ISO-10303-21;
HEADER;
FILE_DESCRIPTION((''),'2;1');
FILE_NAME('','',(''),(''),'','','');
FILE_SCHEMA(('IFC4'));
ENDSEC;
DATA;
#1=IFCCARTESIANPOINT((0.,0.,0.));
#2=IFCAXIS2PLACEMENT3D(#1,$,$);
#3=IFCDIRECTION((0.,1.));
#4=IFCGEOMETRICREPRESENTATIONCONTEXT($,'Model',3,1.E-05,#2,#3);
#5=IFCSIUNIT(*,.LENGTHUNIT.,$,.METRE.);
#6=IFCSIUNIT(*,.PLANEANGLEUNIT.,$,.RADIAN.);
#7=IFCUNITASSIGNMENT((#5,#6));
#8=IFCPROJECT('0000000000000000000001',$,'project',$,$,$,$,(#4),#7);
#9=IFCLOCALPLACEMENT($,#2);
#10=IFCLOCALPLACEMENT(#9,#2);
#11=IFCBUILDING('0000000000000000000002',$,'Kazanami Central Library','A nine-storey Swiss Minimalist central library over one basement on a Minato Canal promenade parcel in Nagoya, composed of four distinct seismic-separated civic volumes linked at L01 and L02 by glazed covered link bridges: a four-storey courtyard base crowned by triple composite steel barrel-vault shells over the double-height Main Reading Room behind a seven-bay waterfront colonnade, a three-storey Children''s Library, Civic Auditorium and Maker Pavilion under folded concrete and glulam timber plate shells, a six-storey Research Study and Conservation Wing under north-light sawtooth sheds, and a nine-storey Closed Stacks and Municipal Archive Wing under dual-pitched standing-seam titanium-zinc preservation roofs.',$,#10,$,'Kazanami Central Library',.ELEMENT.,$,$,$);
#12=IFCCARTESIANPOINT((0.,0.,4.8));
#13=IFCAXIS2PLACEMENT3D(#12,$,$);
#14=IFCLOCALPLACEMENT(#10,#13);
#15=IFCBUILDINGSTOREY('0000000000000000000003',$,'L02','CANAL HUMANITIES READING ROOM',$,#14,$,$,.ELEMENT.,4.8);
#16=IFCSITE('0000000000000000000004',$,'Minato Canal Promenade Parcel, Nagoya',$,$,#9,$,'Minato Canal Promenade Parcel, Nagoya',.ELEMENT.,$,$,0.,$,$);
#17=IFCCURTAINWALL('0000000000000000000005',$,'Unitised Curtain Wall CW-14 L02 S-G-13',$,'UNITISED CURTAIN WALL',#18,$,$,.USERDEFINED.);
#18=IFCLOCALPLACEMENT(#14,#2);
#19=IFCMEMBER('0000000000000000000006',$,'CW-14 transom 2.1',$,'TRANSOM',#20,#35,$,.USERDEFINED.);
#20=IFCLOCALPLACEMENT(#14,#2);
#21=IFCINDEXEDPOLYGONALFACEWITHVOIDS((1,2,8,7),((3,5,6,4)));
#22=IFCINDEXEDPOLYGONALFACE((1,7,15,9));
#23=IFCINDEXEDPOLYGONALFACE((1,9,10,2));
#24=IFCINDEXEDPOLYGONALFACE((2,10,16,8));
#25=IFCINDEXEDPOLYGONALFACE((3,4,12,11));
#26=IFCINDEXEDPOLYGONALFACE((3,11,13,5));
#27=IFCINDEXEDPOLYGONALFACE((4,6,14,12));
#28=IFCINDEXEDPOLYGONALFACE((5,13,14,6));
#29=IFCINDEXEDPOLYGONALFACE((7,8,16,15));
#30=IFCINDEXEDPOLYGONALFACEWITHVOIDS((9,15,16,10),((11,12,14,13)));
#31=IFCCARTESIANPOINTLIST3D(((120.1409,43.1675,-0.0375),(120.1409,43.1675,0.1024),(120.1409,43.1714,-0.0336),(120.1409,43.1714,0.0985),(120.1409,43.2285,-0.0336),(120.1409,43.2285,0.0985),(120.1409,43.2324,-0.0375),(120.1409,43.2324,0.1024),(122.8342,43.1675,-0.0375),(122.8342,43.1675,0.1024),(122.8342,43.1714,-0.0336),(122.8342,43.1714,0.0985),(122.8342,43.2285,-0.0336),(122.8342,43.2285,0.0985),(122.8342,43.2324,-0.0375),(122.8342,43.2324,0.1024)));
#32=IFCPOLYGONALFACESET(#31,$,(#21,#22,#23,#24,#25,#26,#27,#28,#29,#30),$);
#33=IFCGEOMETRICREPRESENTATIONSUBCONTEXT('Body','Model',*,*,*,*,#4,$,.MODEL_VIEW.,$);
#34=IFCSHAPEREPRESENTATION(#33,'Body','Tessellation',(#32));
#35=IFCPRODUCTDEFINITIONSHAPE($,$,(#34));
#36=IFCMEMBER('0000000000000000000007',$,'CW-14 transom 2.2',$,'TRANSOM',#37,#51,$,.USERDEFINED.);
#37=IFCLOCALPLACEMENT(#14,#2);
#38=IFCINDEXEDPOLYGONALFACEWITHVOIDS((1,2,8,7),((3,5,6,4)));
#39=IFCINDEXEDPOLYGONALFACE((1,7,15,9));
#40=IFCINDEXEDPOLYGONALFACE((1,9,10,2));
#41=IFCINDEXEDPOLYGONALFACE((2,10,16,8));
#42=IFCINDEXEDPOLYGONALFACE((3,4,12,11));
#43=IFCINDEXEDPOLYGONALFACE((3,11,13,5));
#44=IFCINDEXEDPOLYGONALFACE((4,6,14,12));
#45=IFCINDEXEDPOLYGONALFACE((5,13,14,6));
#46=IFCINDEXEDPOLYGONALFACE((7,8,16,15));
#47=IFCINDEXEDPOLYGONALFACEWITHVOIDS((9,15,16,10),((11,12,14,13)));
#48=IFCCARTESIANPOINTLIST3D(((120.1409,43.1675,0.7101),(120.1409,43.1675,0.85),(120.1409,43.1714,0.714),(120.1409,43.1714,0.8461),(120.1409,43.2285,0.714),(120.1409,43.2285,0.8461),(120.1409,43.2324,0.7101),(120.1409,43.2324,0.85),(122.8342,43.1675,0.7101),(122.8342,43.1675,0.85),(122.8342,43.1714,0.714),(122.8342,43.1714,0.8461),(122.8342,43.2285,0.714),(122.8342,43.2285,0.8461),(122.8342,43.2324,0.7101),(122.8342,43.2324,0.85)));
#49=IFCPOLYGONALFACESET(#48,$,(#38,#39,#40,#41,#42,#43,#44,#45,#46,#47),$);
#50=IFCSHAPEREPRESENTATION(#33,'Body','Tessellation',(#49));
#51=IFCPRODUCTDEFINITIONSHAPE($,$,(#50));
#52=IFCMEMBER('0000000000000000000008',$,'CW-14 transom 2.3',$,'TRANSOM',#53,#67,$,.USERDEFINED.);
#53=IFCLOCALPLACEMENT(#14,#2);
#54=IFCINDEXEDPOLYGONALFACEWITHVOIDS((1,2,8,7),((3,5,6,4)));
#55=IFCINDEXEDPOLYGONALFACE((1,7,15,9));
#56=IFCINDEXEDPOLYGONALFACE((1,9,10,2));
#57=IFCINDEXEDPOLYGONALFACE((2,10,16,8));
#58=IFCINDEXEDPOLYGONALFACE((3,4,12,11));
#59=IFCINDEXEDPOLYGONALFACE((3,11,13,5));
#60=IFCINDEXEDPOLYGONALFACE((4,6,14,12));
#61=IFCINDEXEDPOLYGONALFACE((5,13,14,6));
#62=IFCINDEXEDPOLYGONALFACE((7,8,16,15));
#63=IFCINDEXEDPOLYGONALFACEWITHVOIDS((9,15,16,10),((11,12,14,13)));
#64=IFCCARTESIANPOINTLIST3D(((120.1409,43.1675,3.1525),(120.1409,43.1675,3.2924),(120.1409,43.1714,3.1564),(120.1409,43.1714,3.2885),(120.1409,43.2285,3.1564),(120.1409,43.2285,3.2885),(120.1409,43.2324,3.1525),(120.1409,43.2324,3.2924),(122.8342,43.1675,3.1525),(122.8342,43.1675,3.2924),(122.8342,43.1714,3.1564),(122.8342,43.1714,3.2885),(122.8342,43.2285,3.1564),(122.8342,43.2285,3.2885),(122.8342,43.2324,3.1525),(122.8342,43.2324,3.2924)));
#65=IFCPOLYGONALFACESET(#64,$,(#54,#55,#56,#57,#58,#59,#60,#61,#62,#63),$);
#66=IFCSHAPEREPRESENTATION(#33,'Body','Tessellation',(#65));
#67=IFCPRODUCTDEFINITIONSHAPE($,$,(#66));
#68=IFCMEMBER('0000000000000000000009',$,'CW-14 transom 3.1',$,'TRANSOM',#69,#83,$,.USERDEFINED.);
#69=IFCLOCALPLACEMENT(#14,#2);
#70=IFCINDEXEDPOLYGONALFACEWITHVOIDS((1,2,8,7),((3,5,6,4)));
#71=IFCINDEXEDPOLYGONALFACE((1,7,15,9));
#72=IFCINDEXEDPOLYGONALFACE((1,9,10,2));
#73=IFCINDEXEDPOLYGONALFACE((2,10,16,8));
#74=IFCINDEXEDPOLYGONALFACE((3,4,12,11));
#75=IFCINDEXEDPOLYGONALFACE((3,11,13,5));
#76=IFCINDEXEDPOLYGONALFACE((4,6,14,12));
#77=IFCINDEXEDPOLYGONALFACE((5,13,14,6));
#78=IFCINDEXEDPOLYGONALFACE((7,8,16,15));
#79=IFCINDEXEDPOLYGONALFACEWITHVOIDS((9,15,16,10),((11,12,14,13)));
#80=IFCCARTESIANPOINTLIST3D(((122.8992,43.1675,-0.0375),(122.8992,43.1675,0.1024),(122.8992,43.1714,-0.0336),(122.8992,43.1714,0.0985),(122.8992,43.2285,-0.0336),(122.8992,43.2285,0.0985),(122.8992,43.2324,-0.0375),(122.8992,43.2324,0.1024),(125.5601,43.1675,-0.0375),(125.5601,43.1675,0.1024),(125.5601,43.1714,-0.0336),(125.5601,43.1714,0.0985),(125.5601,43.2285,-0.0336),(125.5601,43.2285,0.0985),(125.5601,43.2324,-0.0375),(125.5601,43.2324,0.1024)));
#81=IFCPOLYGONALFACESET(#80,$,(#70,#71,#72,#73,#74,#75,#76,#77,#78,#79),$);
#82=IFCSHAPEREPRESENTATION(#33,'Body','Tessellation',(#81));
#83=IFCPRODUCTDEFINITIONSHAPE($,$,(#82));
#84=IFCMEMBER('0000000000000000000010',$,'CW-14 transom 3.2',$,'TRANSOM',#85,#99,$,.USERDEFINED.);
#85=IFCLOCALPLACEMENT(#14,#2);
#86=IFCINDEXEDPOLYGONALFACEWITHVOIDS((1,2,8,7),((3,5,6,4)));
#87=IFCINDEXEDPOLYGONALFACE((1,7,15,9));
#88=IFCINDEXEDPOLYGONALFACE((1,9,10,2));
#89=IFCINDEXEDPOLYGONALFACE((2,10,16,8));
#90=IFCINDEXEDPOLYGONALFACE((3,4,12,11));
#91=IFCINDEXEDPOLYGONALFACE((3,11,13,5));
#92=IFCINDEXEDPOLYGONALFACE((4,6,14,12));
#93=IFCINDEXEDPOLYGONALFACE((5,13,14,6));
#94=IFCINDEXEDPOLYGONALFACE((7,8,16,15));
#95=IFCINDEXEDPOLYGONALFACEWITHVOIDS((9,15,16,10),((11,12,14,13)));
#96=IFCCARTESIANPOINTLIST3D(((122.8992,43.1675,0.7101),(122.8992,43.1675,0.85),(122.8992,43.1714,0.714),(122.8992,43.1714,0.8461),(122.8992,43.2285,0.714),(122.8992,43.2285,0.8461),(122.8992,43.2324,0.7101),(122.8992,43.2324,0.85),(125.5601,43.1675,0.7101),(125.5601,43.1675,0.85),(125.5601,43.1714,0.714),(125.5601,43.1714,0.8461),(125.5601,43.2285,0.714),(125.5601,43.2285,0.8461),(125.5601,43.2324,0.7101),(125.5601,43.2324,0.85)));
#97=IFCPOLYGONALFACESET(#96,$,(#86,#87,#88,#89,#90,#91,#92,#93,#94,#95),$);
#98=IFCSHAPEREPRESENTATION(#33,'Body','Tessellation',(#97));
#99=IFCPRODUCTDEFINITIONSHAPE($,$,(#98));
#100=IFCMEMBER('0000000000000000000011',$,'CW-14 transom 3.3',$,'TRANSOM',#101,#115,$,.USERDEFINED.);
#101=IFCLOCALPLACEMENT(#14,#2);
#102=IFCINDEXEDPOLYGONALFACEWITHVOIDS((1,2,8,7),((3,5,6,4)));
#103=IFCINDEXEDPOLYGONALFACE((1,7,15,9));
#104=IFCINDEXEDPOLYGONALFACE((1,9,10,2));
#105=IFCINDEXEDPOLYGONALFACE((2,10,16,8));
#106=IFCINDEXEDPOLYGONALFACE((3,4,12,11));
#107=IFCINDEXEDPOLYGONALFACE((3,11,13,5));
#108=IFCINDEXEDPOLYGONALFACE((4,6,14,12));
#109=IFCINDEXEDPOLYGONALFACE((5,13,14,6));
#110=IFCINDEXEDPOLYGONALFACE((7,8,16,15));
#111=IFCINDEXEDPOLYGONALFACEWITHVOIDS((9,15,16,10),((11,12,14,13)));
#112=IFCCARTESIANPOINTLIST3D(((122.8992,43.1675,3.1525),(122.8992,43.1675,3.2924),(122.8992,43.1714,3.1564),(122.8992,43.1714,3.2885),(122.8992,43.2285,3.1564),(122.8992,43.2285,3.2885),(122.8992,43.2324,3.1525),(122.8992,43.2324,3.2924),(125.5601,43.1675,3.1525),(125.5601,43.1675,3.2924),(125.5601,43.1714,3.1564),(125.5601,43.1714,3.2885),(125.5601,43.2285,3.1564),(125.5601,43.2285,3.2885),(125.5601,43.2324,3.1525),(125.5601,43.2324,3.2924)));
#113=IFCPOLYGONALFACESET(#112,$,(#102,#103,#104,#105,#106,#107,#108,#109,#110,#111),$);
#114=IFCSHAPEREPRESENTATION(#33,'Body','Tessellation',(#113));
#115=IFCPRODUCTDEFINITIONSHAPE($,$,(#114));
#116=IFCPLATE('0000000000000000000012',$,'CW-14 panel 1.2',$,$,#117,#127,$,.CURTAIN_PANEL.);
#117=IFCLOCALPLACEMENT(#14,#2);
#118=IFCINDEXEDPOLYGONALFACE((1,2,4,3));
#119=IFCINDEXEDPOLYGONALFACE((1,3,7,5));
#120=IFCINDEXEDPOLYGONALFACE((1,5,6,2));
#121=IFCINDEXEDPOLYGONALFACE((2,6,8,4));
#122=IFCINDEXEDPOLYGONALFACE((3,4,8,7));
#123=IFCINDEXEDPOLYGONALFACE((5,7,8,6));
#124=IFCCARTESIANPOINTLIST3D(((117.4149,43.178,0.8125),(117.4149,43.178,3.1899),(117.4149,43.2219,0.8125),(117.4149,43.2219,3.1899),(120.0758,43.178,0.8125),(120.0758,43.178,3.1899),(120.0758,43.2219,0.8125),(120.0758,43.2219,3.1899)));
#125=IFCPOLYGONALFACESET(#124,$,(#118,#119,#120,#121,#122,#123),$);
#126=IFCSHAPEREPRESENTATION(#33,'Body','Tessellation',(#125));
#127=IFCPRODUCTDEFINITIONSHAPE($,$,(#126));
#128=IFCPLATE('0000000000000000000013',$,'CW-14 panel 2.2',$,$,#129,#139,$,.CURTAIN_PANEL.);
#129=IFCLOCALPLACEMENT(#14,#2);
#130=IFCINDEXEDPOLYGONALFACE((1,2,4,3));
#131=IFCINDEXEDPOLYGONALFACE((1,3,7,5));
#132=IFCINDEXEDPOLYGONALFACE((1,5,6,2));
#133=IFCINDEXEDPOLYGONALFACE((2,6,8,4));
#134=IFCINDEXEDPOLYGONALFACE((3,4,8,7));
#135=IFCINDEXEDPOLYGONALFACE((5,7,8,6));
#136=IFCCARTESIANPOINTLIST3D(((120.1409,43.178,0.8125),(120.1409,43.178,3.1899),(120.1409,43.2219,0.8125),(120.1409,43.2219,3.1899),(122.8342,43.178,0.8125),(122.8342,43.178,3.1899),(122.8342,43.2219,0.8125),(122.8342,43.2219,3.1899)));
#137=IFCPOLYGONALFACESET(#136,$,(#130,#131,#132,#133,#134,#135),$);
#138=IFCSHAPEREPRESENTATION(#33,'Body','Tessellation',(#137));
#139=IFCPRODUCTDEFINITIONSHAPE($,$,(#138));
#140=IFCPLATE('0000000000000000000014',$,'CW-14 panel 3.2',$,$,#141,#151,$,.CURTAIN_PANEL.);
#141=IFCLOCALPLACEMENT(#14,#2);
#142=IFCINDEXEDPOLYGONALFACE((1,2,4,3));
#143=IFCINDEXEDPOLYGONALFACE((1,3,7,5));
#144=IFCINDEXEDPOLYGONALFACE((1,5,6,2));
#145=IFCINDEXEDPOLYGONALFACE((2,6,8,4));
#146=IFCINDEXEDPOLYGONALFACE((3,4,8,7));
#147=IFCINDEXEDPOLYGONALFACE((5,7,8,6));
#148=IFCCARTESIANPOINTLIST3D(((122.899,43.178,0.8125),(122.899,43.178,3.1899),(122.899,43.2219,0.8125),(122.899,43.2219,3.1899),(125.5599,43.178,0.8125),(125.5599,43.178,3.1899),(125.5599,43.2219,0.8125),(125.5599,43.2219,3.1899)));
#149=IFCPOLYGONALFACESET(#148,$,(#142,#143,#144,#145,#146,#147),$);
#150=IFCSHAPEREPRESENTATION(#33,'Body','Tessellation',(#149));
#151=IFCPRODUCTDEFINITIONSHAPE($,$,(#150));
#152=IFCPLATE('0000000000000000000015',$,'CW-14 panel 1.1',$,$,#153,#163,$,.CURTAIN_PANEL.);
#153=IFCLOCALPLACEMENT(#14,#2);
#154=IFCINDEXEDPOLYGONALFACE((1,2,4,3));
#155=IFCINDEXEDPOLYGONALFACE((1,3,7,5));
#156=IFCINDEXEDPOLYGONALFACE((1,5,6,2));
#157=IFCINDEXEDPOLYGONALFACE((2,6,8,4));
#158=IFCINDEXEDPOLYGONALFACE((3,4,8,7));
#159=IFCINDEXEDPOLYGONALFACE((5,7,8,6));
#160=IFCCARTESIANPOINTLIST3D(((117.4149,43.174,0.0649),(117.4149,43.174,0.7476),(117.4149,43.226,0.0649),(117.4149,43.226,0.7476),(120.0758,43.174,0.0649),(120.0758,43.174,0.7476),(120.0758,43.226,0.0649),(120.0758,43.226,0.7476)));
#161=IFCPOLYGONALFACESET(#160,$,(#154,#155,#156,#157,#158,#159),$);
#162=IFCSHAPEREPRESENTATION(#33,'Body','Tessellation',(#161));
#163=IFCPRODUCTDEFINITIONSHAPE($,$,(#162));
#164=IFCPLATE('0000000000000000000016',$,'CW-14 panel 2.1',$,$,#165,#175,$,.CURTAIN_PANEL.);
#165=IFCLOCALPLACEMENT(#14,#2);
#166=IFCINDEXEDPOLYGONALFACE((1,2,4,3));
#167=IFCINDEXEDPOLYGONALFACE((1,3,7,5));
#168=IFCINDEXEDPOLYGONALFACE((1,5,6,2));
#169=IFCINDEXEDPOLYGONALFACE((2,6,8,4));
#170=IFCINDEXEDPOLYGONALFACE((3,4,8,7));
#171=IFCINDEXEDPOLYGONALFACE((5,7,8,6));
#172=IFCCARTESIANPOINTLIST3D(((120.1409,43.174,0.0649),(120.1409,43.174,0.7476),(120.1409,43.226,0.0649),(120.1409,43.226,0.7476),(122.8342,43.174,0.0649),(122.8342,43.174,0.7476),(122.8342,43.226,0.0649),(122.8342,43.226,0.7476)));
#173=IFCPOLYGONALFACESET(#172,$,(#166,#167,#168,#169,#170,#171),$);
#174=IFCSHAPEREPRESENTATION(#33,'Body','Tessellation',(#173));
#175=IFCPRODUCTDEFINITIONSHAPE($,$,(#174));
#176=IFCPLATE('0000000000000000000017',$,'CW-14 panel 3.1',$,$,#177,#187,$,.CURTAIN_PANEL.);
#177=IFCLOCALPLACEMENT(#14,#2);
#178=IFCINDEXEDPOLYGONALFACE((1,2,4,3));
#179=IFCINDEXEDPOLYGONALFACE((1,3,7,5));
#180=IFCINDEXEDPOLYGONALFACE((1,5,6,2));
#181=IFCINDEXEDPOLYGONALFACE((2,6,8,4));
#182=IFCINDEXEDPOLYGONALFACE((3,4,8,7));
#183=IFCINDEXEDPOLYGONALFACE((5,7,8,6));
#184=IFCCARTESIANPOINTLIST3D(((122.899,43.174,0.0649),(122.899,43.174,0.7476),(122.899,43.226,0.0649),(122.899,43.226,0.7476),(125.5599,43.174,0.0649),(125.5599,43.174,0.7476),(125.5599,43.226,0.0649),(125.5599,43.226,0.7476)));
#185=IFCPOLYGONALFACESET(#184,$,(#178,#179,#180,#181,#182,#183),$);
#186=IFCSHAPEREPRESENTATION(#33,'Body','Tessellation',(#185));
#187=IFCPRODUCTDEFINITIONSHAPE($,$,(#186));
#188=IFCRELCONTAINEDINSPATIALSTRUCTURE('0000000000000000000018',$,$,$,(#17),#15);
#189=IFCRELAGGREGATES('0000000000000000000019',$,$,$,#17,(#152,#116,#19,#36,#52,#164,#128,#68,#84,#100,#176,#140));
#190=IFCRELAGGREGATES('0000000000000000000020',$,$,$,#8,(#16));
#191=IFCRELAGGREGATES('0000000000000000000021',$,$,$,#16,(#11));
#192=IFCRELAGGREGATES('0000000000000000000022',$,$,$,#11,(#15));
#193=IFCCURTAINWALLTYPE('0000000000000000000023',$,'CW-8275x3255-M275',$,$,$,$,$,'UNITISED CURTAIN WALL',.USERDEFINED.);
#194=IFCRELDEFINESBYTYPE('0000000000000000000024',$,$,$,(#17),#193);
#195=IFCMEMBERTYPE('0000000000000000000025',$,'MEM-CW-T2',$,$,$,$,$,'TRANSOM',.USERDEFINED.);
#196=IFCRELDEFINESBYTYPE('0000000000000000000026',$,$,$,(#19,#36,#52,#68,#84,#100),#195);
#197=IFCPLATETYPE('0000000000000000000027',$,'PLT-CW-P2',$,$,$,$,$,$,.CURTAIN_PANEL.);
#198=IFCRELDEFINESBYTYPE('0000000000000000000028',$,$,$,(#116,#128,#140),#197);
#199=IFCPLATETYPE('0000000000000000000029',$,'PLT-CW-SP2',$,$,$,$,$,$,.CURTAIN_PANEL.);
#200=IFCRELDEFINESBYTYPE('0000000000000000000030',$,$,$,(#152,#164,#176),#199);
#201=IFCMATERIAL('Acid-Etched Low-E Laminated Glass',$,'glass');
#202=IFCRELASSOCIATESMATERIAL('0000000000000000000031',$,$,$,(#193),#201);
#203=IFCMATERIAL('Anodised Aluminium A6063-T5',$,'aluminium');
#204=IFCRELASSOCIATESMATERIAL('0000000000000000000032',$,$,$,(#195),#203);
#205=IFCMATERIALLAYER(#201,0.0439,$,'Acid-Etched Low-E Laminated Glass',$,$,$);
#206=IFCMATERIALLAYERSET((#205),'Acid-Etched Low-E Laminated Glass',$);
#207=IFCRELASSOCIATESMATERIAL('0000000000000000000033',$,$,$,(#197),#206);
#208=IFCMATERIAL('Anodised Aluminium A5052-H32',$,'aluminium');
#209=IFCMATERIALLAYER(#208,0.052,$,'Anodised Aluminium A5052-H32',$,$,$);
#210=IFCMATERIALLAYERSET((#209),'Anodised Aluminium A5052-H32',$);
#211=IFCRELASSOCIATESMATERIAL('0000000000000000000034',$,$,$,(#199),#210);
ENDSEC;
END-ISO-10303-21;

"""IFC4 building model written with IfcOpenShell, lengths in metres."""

from ifc_helpers import new_model, si_unit, direction, frame, origin, origin_2d, place, context, subcontext, project, spatial, rectangle, hollow_rectangle, extrude, material, layer, layer_set, material_profile, profile_set, type_object, element, aggregate, save


model = new_model("IFC4")

# Units and contexts
model_context = context("Model", 3, precision=1e-05, world=origin(), true_north=direction((0.0, 1.0)))
body_context = subcontext(model_context, "Body", "Model", "MODEL_VIEW")
ifc_project = project(units=[si_unit("LENGTHUNIT", "METRE"), si_unit("PLANEANGLEUNIT", "RADIAN")], contexts=[model_context])

# Site, building, storey
site_placement = place(None, origin())
site = spatial("IfcSite", under=ifc_project, at=site_placement, Name="Minato Canal Promenade Parcel, Nagoya", LongName="Minato Canal Promenade Parcel, Nagoya", CompositionType="ELEMENT", RefElevation=0.0)
building_placement = place(site_placement, origin())
building = spatial("IfcBuilding", under=site, at=building_placement, Name="Kazanami Central Library", Description="A nine-storey Swiss Minimalist central library over one basement on a Minato Canal promenade parcel in Nagoya, composed of four distinct seismic-separated civic volumes linked at L01 and L02 by glazed covered link bridges: a four-storey courtyard base crowned by triple composite steel barrel-vault shells over the double-height Main Reading Room behind a seven-bay waterfront colonnade, a three-storey Children's Library, Civic Auditorium and Maker Pavilion under folded concrete and glulam timber plate shells, a six-storey Research Study and Conservation Wing under north-light sawtooth sheds, and a nine-storey Closed Stacks and Municipal Archive Wing under dual-pitched standing-seam titanium-zinc preservation roofs.", LongName="Kazanami Central Library", CompositionType="ELEMENT")
storey_placement = place(building_placement, frame((0.0, 0.0, 4.8)))
storey = spatial("IfcBuildingStorey", under=building, at=storey_placement, Name="L02", Description="CANAL HUMANITIES READING ROOM", CompositionType="ELEMENT", Elevation=4.8)

# Curtain wall, members, plates
ifc_material_1 = material(Name="Acid-Etched Low-E Laminated Glass", Category="glass")
curtain_wall_type = type_object("IfcCurtainWallType", Name="CW-8275x3255-M275", ElementType="UNITISED CURTAIN WALL", PredefinedType="USERDEFINED", material=ifc_material_1)
curtain_wall_placement = place(storey_placement, origin())
curtain_wall = element("IfcCurtainWall", 1, at=curtain_wall_placement, inside=storey, type_object=curtain_wall_type, Name="Unitised Curtain Wall CW-14 L02 S-G-13", ObjectType="UNITISED CURTAIN WALL", PredefinedType="USERDEFINED")
ifc_material_2 = material(Name="Anodised Aluminium A6063-T5", Category="aluminium")
ifc_material_profile_1 = material_profile(ifc_material_2, hollow_rectangle(XDim=0.0649, YDim=0.1399, WallThickness=0.0039, at=origin_2d()), Name="ALU-TRAN-65x140x4")
ifc_profile_set_1 = profile_set([ifc_material_profile_1], Name="Anodised Aluminium A6063-T5")
member_type_1 = type_object("IfcMemberType", Name="MEM-CW-T2", ElementType="TRANSOM", PredefinedType="USERDEFINED", material=ifc_profile_set_1)
member_1_placement = place(storey_placement, frame((120.1409, 43.2, 0.0325), z_axis=(1.0, 0.0, 0.0), x_axis=(0.0, 1.0, 0.0)))
member_1 = element("IfcMember", 2, at=member_1_placement, type_object=member_type_1, Name="CW-14 transom 2.1", ObjectType="TRANSOM", PredefinedType="USERDEFINED", context=body_context, shape_type="SweptSolid", body=[
    extrude(hollow_rectangle(XDim=0.0649, YDim=0.1399, WallThickness=0.0039, at=origin_2d()), origin(), (0.0, 0.0, 1.0), 2.6934),
])
member_2_placement = place(storey_placement, frame((120.1409, 43.2, 0.78), z_axis=(1.0, 0.0, 0.0), x_axis=(0.0, 1.0, 0.0)))
member_2 = element("IfcMember", 3, at=member_2_placement, type_object=member_type_1, Name="CW-14 transom 2.2", ObjectType="TRANSOM", PredefinedType="USERDEFINED", context=body_context, shape_type="SweptSolid", body=[
    extrude(hollow_rectangle(XDim=0.0649, YDim=0.1399, WallThickness=0.0039, at=origin_2d()), origin(), (0.0, 0.0, 1.0), 2.6934),
])
member_3_placement = place(storey_placement, frame((120.1409, 43.2, 3.2224), z_axis=(1.0, 0.0, 0.0), x_axis=(0.0, 1.0, 0.0)))
member_3 = element("IfcMember", 4, at=member_3_placement, type_object=member_type_1, Name="CW-14 transom 2.3", ObjectType="TRANSOM", PredefinedType="USERDEFINED", context=body_context, shape_type="SweptSolid", body=[
    extrude(hollow_rectangle(XDim=0.0649, YDim=0.1399, WallThickness=0.0039, at=origin_2d()), origin(), (0.0, 0.0, 1.0), 2.6934),
])
member_4_placement = place(storey_placement, frame((122.8992, 43.2, 0.0325), z_axis=(1.0, 0.0, 0.0), x_axis=(0.0, 1.0, 0.0)))
member_4 = element("IfcMember", 5, at=member_4_placement, type_object=member_type_1, Name="CW-14 transom 3.1", ObjectType="TRANSOM", PredefinedType="USERDEFINED", context=body_context, shape_type="SweptSolid", body=[
    extrude(hollow_rectangle(XDim=0.0649, YDim=0.1399, WallThickness=0.0039, at=origin_2d()), origin(), (0.0, 0.0, 1.0), 2.6609),
])
member_5_placement = place(storey_placement, frame((122.8992, 43.2, 0.78), z_axis=(1.0, 0.0, 0.0), x_axis=(0.0, 1.0, 0.0)))
member_5 = element("IfcMember", 6, at=member_5_placement, type_object=member_type_1, Name="CW-14 transom 3.2", ObjectType="TRANSOM", PredefinedType="USERDEFINED", context=body_context, shape_type="SweptSolid", body=[
    extrude(hollow_rectangle(XDim=0.0649, YDim=0.1399, WallThickness=0.0039, at=origin_2d()), origin(), (0.0, 0.0, 1.0), 2.6609),
])
member_6_placement = place(storey_placement, frame((122.8992, 43.2, 3.2224), z_axis=(1.0, 0.0, 0.0), x_axis=(0.0, 1.0, 0.0)))
member_6 = element("IfcMember", 7, at=member_6_placement, type_object=member_type_1, Name="CW-14 transom 3.3", ObjectType="TRANSOM", PredefinedType="USERDEFINED", context=body_context, shape_type="SweptSolid", body=[
    extrude(hollow_rectangle(XDim=0.0649, YDim=0.1399, WallThickness=0.0039, at=origin_2d()), origin(), (0.0, 0.0, 1.0), 2.6609),
])
ifc_layer_1 = layer(ifc_material_1, 0.0439, Name="Acid-Etched Low-E Laminated Glass")
ifc_layer_set_1 = layer_set([ifc_layer_1], Name="Acid-Etched Low-E Laminated Glass")
plate_type_1 = type_object("IfcPlateType", Name="PLT-CW-P2", PredefinedType="CURTAIN_PANEL", material=ifc_layer_set_1)
plate_1_placement = place(storey_placement, frame((118.7454, 43.2, 0.8125), z_axis=(0.0, 0.0, 1.0), x_axis=(1.0, 0.0, 0.0)))
plate_1 = element("IfcPlate", 8, at=plate_1_placement, type_object=plate_type_1, Name="CW-14 panel 1.2", PredefinedType="CURTAIN_PANEL", context=body_context, shape_type="SweptSolid", body=[
    extrude(rectangle(XDim=2.6609, YDim=0.0439, at=origin_2d()), origin(), (0.0, 0.0, 1.0), 2.3774),
])
plate_2_placement = place(storey_placement, frame((121.4875, 43.2, 0.8125), z_axis=(0.0, 0.0, 1.0), x_axis=(1.0, 0.0, 0.0)))
plate_2 = element("IfcPlate", 9, at=plate_2_placement, type_object=plate_type_1, Name="CW-14 panel 2.2", PredefinedType="CURTAIN_PANEL", context=body_context, shape_type="SweptSolid", body=[
    extrude(rectangle(XDim=2.6934, YDim=0.0439, at=origin_2d()), origin(), (0.0, 0.0, 1.0), 2.3774),
])
plate_3_placement = place(storey_placement, frame((124.2295, 43.2, 0.8125), z_axis=(0.0, 0.0, 1.0), x_axis=(1.0, 0.0, 0.0)))
plate_3 = element("IfcPlate", 10, at=plate_3_placement, type_object=plate_type_1, Name="CW-14 panel 3.2", PredefinedType="CURTAIN_PANEL", context=body_context, shape_type="SweptSolid", body=[
    extrude(rectangle(XDim=2.6609, YDim=0.0439, at=origin_2d()), origin(), (0.0, 0.0, 1.0), 2.3774),
])
ifc_material_3 = material(Name="Anodised Aluminium A5052-H32", Category="aluminium")
ifc_layer_2 = layer(ifc_material_3, 0.052, Name="Anodised Aluminium A5052-H32")
ifc_layer_set_2 = layer_set([ifc_layer_2], Name="Anodised Aluminium A5052-H32")
plate_type_2 = type_object("IfcPlateType", Name="PLT-CW-SP2", PredefinedType="CURTAIN_PANEL", material=ifc_layer_set_2)
plate_4_placement = place(storey_placement, frame((118.7454, 43.2, 0.0649), z_axis=(0.0, 0.0, 1.0), x_axis=(1.0, 0.0, 0.0)))
plate_4 = element("IfcPlate", 11, at=plate_4_placement, type_object=plate_type_2, Name="CW-14 panel 1.1", PredefinedType="CURTAIN_PANEL", context=body_context, shape_type="SweptSolid", body=[
    extrude(rectangle(XDim=2.6609, YDim=0.052, at=origin_2d()), origin(), (0.0, 0.0, 1.0), 0.6826),
])
plate_5_placement = place(storey_placement, frame((121.4875, 43.2, 0.0649), z_axis=(0.0, 0.0, 1.0), x_axis=(1.0, 0.0, 0.0)))
plate_5 = element("IfcPlate", 12, at=plate_5_placement, type_object=plate_type_2, Name="CW-14 panel 2.1", PredefinedType="CURTAIN_PANEL", context=body_context, shape_type="SweptSolid", body=[
    extrude(rectangle(XDim=2.6934, YDim=0.052, at=origin_2d()), origin(), (0.0, 0.0, 1.0), 0.6826),
])
plate_6_placement = place(storey_placement, frame((124.2295, 43.2, 0.0649), z_axis=(0.0, 0.0, 1.0), x_axis=(1.0, 0.0, 0.0)))
plate_6 = element("IfcPlate", 13, at=plate_6_placement, type_object=plate_type_2, Name="CW-14 panel 3.1", PredefinedType="CURTAIN_PANEL", context=body_context, shape_type="SweptSolid", body=[
    extrude(rectangle(XDim=2.6609, YDim=0.052, at=origin_2d()), origin(), (0.0, 0.0, 1.0), 0.6826),
])
aggregate(curtain_wall, [plate_4, plate_1, member_1, member_2, member_3, plate_5, plate_2, member_4, member_5, member_6, plate_6, plate_3])

save(model, "model.ifc")
